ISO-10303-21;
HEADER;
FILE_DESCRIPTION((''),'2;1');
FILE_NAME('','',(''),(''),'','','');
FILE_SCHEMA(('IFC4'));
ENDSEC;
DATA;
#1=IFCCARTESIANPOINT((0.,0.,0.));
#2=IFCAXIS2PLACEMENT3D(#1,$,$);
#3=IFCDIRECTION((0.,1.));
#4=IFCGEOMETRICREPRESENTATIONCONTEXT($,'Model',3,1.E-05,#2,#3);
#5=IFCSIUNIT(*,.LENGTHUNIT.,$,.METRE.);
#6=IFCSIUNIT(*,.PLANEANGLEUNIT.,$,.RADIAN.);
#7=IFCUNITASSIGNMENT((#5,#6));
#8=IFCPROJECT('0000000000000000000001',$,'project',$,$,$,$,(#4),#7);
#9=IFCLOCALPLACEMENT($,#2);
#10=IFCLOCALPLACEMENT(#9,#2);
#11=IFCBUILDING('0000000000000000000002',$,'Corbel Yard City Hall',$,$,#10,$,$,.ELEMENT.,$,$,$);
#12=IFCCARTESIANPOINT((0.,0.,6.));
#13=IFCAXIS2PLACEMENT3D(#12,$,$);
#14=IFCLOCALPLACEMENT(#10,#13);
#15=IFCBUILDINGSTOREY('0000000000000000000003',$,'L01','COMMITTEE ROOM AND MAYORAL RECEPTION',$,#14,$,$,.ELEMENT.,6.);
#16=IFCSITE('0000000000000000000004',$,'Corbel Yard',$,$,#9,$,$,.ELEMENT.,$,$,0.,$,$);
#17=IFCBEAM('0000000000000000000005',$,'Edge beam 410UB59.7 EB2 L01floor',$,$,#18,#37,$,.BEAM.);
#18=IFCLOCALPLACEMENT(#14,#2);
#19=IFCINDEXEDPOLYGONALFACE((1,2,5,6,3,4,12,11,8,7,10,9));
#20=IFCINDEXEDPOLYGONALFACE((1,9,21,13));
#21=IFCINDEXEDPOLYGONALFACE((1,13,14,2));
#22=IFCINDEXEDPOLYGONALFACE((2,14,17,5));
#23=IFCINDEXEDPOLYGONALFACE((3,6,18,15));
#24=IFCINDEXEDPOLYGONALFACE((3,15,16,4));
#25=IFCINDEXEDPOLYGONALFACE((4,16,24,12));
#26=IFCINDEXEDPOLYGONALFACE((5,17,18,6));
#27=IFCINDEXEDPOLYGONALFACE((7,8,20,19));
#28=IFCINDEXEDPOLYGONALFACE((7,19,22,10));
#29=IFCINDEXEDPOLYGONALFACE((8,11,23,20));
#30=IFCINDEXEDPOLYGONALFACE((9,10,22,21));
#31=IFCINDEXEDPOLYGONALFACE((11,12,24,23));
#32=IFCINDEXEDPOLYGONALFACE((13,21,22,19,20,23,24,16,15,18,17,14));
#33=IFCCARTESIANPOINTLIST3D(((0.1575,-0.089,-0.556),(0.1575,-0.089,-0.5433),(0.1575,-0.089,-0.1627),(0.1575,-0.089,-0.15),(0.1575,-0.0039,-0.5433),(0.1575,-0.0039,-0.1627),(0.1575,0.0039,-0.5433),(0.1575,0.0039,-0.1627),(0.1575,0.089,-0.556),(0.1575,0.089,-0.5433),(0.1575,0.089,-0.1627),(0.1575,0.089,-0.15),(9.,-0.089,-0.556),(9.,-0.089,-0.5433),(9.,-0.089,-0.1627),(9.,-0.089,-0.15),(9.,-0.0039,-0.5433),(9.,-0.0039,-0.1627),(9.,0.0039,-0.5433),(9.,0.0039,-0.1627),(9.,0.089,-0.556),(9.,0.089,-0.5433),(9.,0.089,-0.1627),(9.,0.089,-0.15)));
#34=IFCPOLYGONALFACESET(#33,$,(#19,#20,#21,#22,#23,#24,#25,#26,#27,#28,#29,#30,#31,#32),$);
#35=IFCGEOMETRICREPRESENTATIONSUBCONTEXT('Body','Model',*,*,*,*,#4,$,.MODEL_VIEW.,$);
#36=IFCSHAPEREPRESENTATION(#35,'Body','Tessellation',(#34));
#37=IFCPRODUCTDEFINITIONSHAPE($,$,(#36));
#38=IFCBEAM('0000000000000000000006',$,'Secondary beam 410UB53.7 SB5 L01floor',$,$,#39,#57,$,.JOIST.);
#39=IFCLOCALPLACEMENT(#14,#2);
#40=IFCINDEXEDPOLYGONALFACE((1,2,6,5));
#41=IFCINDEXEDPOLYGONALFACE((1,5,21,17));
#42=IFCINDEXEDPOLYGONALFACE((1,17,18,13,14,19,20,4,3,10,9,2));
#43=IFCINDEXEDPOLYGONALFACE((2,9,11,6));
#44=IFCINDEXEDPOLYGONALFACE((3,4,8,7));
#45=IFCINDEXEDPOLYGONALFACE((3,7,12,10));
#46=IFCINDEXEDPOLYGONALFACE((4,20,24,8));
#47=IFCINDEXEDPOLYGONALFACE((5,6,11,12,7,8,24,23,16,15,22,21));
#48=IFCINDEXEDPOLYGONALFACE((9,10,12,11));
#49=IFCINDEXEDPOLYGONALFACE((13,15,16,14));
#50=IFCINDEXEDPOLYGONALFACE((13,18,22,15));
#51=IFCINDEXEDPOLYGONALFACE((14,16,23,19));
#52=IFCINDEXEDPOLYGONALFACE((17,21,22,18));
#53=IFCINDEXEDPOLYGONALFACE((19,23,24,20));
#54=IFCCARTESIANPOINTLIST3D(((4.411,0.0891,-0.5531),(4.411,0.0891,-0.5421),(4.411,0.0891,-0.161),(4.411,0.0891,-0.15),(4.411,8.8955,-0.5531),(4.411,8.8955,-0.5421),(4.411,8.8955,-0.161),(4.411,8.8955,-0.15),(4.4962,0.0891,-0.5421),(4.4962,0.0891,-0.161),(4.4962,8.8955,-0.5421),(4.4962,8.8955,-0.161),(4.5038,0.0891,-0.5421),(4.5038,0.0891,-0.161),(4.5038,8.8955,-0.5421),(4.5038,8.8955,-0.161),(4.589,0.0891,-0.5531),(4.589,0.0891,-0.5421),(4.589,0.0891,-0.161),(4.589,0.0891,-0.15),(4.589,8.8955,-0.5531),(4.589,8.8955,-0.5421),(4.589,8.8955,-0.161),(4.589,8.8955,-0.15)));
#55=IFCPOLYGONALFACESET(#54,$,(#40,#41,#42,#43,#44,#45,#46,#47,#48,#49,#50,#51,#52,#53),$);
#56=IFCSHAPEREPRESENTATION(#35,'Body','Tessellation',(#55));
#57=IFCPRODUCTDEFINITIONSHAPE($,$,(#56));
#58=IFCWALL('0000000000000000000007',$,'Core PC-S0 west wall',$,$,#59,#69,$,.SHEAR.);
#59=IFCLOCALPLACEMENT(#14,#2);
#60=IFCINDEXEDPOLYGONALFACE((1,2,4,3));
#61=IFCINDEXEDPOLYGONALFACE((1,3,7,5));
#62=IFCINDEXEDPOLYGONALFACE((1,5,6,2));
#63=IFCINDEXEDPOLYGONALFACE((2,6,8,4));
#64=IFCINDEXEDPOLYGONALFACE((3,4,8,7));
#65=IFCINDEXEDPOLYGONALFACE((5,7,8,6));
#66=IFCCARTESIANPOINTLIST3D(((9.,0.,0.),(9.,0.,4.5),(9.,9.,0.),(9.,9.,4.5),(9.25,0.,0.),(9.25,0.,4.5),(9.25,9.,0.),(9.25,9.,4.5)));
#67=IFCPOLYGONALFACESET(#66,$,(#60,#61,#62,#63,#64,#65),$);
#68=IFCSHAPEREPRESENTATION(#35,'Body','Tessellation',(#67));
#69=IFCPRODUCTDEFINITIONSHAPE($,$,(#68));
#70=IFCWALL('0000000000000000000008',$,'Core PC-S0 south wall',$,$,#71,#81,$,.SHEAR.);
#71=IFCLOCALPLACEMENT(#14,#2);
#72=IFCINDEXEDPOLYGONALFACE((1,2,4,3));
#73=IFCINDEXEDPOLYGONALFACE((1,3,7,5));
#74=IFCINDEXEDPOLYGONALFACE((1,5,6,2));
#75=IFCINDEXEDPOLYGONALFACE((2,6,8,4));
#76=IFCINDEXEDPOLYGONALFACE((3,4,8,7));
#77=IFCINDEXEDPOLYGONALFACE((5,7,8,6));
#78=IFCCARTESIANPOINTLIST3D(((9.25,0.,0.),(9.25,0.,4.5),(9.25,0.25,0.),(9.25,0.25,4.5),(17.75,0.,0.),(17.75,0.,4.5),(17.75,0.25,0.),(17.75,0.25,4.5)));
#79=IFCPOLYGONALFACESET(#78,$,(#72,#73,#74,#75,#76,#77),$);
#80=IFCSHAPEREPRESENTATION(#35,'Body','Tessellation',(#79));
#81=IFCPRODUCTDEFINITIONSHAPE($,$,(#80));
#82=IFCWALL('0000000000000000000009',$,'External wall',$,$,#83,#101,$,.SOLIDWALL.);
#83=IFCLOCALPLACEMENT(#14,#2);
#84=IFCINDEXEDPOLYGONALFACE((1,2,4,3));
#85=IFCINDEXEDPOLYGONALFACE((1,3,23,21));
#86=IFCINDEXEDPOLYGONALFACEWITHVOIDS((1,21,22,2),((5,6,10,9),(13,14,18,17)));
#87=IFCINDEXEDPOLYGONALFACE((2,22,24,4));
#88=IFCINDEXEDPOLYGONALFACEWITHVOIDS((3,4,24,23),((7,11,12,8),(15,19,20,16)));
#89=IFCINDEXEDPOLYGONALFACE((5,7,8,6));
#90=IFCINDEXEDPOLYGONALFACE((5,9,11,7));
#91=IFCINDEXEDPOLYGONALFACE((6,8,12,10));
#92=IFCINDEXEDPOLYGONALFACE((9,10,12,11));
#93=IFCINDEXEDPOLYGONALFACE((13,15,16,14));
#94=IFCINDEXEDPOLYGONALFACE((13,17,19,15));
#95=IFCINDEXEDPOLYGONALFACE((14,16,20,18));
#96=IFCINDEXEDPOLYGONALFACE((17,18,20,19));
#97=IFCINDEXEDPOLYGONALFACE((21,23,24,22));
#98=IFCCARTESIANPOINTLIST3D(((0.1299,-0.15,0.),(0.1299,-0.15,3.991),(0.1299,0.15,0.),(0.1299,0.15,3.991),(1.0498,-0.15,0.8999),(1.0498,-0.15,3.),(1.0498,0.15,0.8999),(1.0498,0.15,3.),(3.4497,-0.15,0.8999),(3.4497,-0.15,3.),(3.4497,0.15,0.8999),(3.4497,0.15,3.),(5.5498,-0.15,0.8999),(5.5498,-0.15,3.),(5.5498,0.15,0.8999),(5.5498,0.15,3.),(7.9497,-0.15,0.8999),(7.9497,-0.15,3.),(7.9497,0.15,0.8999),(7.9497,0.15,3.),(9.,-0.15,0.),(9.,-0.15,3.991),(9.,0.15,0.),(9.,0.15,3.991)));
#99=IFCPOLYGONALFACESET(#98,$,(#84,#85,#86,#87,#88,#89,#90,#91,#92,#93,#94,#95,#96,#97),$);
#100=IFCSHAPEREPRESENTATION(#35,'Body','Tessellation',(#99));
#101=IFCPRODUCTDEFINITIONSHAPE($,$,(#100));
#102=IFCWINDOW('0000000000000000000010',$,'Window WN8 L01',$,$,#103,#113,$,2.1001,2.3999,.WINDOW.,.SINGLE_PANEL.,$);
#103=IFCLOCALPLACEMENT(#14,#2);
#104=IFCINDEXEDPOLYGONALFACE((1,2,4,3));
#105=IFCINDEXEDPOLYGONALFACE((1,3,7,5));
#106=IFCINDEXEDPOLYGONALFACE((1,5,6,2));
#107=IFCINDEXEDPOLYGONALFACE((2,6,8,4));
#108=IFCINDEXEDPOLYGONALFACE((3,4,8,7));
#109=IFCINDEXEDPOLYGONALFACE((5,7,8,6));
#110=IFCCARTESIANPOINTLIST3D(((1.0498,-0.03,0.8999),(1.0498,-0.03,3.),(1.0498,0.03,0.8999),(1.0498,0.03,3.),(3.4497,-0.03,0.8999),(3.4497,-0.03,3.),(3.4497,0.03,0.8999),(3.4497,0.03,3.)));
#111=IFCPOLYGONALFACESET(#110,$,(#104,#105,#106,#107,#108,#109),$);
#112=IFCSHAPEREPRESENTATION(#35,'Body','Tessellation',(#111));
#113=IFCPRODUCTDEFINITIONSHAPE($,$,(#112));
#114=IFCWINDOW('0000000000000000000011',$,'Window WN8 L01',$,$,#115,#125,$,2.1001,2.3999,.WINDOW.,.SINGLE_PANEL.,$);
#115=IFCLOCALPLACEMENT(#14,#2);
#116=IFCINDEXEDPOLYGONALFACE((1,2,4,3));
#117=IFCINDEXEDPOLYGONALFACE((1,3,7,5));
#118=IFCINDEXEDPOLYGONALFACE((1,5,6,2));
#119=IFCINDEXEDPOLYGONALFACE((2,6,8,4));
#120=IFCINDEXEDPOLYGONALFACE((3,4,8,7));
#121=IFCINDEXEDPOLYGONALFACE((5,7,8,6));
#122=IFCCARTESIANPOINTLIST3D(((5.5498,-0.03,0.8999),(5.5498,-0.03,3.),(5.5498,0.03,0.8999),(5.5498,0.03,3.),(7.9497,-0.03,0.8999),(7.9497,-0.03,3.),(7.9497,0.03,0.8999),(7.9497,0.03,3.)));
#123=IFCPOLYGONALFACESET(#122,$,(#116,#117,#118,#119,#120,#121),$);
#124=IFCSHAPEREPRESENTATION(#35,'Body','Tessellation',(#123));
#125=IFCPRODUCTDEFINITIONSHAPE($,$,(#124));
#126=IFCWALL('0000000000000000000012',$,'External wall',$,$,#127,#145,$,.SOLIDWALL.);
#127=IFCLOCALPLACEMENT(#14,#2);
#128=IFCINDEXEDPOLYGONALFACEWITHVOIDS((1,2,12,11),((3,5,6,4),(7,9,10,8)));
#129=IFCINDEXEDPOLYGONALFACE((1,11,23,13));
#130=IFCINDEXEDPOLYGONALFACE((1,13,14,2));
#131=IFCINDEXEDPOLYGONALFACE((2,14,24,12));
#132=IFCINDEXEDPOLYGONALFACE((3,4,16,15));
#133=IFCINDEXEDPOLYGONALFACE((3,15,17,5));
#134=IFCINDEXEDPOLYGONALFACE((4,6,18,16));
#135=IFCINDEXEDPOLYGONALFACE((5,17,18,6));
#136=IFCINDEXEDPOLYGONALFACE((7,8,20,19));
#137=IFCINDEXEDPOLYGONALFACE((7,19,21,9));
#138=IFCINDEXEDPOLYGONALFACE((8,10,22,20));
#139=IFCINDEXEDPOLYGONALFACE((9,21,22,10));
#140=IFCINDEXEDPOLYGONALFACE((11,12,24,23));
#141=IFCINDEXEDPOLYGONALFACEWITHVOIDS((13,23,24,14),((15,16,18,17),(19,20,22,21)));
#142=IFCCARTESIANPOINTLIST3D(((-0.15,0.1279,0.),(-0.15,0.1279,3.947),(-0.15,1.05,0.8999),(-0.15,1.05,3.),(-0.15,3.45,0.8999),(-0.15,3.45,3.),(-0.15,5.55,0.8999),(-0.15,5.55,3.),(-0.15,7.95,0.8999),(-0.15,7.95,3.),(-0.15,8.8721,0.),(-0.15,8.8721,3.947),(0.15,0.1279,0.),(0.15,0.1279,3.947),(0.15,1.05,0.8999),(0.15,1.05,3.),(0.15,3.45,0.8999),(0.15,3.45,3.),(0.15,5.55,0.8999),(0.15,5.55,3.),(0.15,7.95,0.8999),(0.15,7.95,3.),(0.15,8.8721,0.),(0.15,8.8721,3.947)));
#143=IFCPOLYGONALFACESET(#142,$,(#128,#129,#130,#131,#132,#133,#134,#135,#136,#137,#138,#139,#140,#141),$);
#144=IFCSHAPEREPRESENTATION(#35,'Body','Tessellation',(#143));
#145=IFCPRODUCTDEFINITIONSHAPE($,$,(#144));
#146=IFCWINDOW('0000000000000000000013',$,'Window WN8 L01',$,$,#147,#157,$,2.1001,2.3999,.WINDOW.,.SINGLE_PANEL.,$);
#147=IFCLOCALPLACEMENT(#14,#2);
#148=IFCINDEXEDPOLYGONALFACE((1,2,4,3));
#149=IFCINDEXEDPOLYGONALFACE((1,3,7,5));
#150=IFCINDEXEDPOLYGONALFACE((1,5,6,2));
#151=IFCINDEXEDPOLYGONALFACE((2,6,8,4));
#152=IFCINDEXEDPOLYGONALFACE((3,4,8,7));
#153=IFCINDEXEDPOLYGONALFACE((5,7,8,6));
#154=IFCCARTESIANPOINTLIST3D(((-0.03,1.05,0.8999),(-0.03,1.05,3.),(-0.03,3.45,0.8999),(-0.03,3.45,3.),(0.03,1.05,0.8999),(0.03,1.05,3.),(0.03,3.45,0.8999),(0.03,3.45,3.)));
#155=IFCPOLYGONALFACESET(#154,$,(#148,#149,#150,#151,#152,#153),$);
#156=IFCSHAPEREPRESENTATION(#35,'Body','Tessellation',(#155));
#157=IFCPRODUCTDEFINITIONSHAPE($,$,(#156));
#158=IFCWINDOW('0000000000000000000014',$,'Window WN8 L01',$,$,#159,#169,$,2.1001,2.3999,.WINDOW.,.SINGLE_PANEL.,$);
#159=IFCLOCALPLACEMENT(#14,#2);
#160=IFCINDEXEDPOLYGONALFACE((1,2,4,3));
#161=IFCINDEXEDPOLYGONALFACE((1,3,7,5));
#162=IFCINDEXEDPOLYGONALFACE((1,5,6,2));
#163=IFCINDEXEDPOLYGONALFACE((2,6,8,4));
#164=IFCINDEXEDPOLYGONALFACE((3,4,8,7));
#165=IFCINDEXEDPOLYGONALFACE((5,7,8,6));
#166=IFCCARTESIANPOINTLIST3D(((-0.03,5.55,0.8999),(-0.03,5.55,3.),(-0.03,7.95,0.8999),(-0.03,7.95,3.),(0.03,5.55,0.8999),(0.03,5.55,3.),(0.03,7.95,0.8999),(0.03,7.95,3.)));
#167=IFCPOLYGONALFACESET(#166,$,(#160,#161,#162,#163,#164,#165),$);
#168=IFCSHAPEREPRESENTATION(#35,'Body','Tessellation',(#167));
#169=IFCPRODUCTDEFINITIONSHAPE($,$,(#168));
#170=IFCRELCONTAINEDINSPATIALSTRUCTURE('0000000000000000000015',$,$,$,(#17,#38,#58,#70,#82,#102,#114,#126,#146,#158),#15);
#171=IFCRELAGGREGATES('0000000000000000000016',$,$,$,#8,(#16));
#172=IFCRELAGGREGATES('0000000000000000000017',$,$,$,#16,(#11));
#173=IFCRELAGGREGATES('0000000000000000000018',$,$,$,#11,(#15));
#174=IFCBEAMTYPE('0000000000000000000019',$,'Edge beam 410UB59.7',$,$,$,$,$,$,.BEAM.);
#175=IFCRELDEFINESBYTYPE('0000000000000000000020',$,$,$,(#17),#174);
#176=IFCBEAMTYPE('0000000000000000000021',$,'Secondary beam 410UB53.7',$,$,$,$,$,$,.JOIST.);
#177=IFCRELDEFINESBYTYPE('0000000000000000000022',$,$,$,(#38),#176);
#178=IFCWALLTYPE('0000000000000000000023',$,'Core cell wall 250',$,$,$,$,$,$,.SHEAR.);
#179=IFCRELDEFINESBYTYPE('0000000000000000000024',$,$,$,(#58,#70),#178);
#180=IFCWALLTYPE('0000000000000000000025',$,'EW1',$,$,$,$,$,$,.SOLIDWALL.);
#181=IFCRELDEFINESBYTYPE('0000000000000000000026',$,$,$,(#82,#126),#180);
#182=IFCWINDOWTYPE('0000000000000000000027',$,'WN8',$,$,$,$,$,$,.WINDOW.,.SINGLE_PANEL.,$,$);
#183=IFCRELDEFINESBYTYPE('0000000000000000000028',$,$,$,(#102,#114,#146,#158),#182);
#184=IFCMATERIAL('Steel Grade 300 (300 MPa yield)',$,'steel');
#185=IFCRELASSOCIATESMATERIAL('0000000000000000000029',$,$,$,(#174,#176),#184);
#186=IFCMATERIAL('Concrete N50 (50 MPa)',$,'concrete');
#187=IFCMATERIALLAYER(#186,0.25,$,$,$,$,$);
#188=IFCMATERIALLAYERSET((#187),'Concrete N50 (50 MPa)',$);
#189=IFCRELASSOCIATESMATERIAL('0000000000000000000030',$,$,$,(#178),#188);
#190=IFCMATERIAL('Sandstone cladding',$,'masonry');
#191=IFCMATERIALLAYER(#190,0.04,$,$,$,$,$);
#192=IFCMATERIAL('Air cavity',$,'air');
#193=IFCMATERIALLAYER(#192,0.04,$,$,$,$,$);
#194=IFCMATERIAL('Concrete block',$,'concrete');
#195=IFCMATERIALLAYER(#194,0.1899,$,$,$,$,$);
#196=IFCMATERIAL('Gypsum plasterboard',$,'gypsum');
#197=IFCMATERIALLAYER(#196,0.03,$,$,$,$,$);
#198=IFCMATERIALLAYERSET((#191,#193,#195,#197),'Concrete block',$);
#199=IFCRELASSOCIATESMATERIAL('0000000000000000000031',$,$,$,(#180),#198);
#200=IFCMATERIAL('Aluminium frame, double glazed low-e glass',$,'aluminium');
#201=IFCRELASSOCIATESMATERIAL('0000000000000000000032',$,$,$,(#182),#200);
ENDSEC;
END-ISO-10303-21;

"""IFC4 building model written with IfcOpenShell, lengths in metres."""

from ifc_helpers import new_model, si_unit, direction, frame, frame_2d, origin, origin_2d, place, context, subcontext, project, spatial, rectangle, i_section, extrude, material, layer, layer_set, material_profile, profile_set, type_object, element, fill, save


model = new_model("IFC4")

# Units and contexts
model_context = context("Model", 3, precision=1e-05, world=origin(), true_north=direction((0.0, 1.0)))
body_context = subcontext(model_context, "Body", "Model", "MODEL_VIEW")
ifc_project = project(units=[si_unit("LENGTHUNIT", "METRE"), si_unit("PLANEANGLEUNIT", "RADIAN")], contexts=[model_context])

# Site, building, storey
site_placement = place(None, origin())
site = spatial("IfcSite", under=ifc_project, at=site_placement, Name="Corbel Yard", CompositionType="ELEMENT", RefElevation=0.0)
building_placement = place(site_placement, origin())
building = spatial("IfcBuilding", under=site, at=building_placement, Name="Corbel Yard City Hall", CompositionType="ELEMENT")
storey_placement = place(building_placement, frame((0.0, 0.0, 6.0)))
storey = spatial("IfcBuildingStorey", under=building, at=storey_placement, Name="L01", Description="COMMITTEE ROOM AND MAYORAL RECEPTION", CompositionType="ELEMENT", Elevation=6.0)

# Beams
ifc_material_1 = material(Name="Steel Grade 300 (300 MPa yield)", Category="steel")
ifc_material_profile_1 = material_profile(ifc_material_1, i_section(OverallWidth=0.178, OverallDepth=0.406, WebThickness=0.0078, FlangeThickness=0.0127, at=origin_2d()), Name="410UB59.7")
ifc_profile_set_1 = profile_set([ifc_material_profile_1], Name="Steel Grade 300 (300 MPa yield)")
beam_type_1 = type_object("IfcBeamType", Name="Edge beam 410UB59.7", PredefinedType="BEAM", material=ifc_profile_set_1)
beam_1_placement = place(storey_placement, frame((0.1575, 0.0, -0.353), z_axis=(1.0, 0.0, 0.0), x_axis=(0.0, 1.0, 0.0)))
element("IfcBeam", 1, at=beam_1_placement, inside=storey, type_object=beam_type_1, Name="Edge beam 410UB59.7 EB2 L01floor", PredefinedType="BEAM", context=body_context, shape_type="SweptSolid", body=[
    extrude(i_section(OverallWidth=0.178, OverallDepth=0.406, WebThickness=0.0078, FlangeThickness=0.0127, at=origin_2d()), origin(), (0.0, 0.0, 1.0), 8.8425),
])
ifc_material_profile_2 = material_profile(ifc_material_1, i_section(OverallWidth=0.178, OverallDepth=0.4031, WebThickness=0.0076, FlangeThickness=0.011, at=origin_2d()), Name="410UB53.7")
ifc_profile_set_2 = profile_set([ifc_material_profile_2], Name="Steel Grade 300 (300 MPa yield)")
beam_type_2 = type_object("IfcBeamType", Name="Secondary beam 410UB53.7", PredefinedType="JOIST", material=ifc_profile_set_2)
beam_2_placement = place(storey_placement, frame((4.5, 0.0891, -0.3516), z_axis=(0.0, 1.0, 0.0), x_axis=(-1.0, 0.0, 0.0)))
element("IfcBeam", 2, at=beam_2_placement, inside=storey, type_object=beam_type_2, Name="Secondary beam 410UB53.7 SB5 L01floor", PredefinedType="JOIST", context=body_context, shape_type="SweptSolid", body=[
    extrude(i_section(OverallWidth=0.178, OverallDepth=0.4031, WebThickness=0.0076, FlangeThickness=0.011, at=origin_2d()), origin(), (0.0, 0.0, 1.0), 8.8064),
])

# Walls
ifc_material_2 = material(Name="Concrete N50 (50 MPa)", Category="concrete")
ifc_layer_1 = layer(ifc_material_2, 0.25)
ifc_layer_set_1 = layer_set([ifc_layer_1], Name="Concrete N50 (50 MPa)")
wall_type_1 = type_object("IfcWallType", Name="Core cell wall 250", PredefinedType="SHEAR", material=ifc_layer_set_1)
wall_1_placement = place(storey_placement, frame((9.125, 0.0, 0.0), z_axis=(0.0, 0.0, 1.0), x_axis=(0.0, 1.0, 0.0)))
element("IfcWall", 3, at=wall_1_placement, inside=storey, type_object=wall_type_1, Name="Core PC-S0 west wall", PredefinedType="SHEAR", context=body_context, shape_type="SweptSolid", body=[
    extrude(rectangle(XDim=9.0, YDim=0.25, at=frame_2d((4.5, 0.0))), origin(), (0.0, 0.0, 1.0), 4.5),
])
wall_2_placement = place(storey_placement, frame((9.25, 0.125, 0.0), z_axis=(0.0, 0.0, 1.0), x_axis=(1.0, 0.0, 0.0)))
element("IfcWall", 4, at=wall_2_placement, inside=storey, type_object=wall_type_1, Name="Core PC-S0 south wall", PredefinedType="SHEAR", context=body_context, shape_type="SweptSolid", body=[
    extrude(rectangle(XDim=8.5, YDim=0.25, at=frame_2d((4.25, 0.0))), origin(), (0.0, 0.0, 1.0), 4.5),
])

# Walls, openings, windows
ifc_material_3 = material(Name="Sandstone cladding", Category="masonry")
ifc_layer_2 = layer(ifc_material_3, 0.04)
ifc_material_4 = material(Name="Air cavity", Category="air")
ifc_layer_3 = layer(ifc_material_4, 0.04)
ifc_material_5 = material(Name="Concrete block", Category="concrete")
ifc_layer_4 = layer(ifc_material_5, 0.1899)
ifc_material_6 = material(Name="Gypsum plasterboard", Category="gypsum")
ifc_layer_5 = layer(ifc_material_6, 0.03)
ifc_layer_set_2 = layer_set([ifc_layer_2, ifc_layer_3, ifc_layer_4, ifc_layer_5], Name="Concrete block")
wall_type_2 = type_object("IfcWallType", Name="EW1", PredefinedType="SOLIDWALL", material=ifc_layer_set_2)
wall_3_placement = place(storey_placement, frame((0.1299, 0.0, 0.0), z_axis=(0.0, 0.0, 1.0), x_axis=(1.0, 0.0, 0.0)))
wall_3 = element("IfcWall", 5, at=wall_3_placement, inside=storey, type_object=wall_type_2, Name="External wall", PredefinedType="SOLIDWALL", context=body_context, shape_type="SweptSolid", body=[
    extrude(rectangle(XDim=8.8701, YDim=0.3, at=frame_2d((4.4351, 0.0))), origin(), (0.0, 0.0, 1.0), 3.991),
])
opening_1_placement = place(wall_3_placement, frame((0.9199, 0.0, 0.8999)))
opening_1 = element("IfcOpeningElement", 6, at=opening_1_placement, cuts=wall_3, PredefinedType="OPENING", context=body_context, shape_type="SweptSolid", body=[
    extrude(rectangle(XDim=2.3999, YDim=2.1001, at=frame_2d((1.2, 1.05))), frame((0.0, 0.1599, 0.0), z_axis=(0.0, -1.0, 0.0), x_axis=(1.0, 0.0, 0.0)), (0.0, 0.0, 1.0), 0.3201),
])
opening_2_placement = place(wall_3_placement, frame((5.4199, 0.0, 0.8999)))
opening_2 = element("IfcOpeningElement", 7, at=opening_2_placement, cuts=wall_3, PredefinedType="OPENING", context=body_context, shape_type="SweptSolid", body=[
    extrude(rectangle(XDim=2.3999, YDim=2.1001, at=frame_2d((1.2, 1.05))), frame((0.0, 0.1599, 0.0), z_axis=(0.0, -1.0, 0.0), x_axis=(1.0, 0.0, 0.0)), (0.0, 0.0, 1.0), 0.3201),
])
ifc_material_7 = material(Name="Aluminium frame, double glazed low-e glass", Category="aluminium")
window_type = type_object("IfcWindowType", Name="WN8", PartitioningType="SINGLE_PANEL", PredefinedType="WINDOW", material=ifc_material_7)
window_1_placement = place(opening_1_placement, origin())
window_1 = element("IfcWindow", 8, at=window_1_placement, inside=storey, type_object=window_type, Name="Window WN8 L01", OverallHeight=2.1001, OverallWidth=2.3999, PartitioningType="SINGLE_PANEL", PredefinedType="WINDOW", context=body_context, shape_type="SweptSolid", body=[
    extrude(rectangle(XDim=2.3999, YDim=2.1001, at=frame_2d((1.2, 1.05))), frame((0.0, 0.03, 0.0), z_axis=(0.0, -1.0, 0.0), x_axis=(1.0, 0.0, 0.0)), (0.0, 0.0, 1.0), 0.0601),
])
fill(opening_1, window_1)
window_2_placement = place(opening_2_placement, origin())
window_2 = element("IfcWindow", 9, at=window_2_placement, inside=storey, type_object=window_type, Name="Window WN8 L01", OverallHeight=2.1001, OverallWidth=2.3999, PartitioningType="SINGLE_PANEL", PredefinedType="WINDOW", context=body_context, shape_type="SweptSolid", body=[
    extrude(rectangle(XDim=2.3999, YDim=2.1001, at=frame_2d((1.2, 1.05))), frame((0.0, 0.03, 0.0), z_axis=(0.0, -1.0, 0.0), x_axis=(1.0, 0.0, 0.0)), (0.0, 0.0, 1.0), 0.0601),
])
fill(opening_2, window_2)
wall_4_placement = place(storey_placement, frame((0.0, 0.1279, 0.0), z_axis=(0.0, 0.0, 1.0), x_axis=(0.0, 1.0, 0.0)))
wall_4 = element("IfcWall", 10, at=wall_4_placement, inside=storey, type_object=wall_type_2, Name="External wall", PredefinedType="SOLIDWALL", context=body_context, shape_type="SweptSolid", body=[
    extrude(rectangle(XDim=8.7441, YDim=0.3, at=frame_2d((4.3721, 0.0))), origin(), (0.0, 0.0, 1.0), 3.947),
])
opening_3_placement = place(wall_4_placement, frame((0.9221, 0.0, 0.8999)))
opening_3 = element("IfcOpeningElement", 11, at=opening_3_placement, cuts=wall_4, PredefinedType="OPENING", context=body_context, shape_type="SweptSolid", body=[
    extrude(rectangle(XDim=2.3999, YDim=2.1001, at=frame_2d((1.2, 1.05))), frame((0.0, 0.1599, 0.0), z_axis=(0.0, -1.0, 0.0), x_axis=(1.0, 0.0, 0.0)), (0.0, 0.0, 1.0), 0.3201),
])
opening_4_placement = place(wall_4_placement, frame((5.4221, 0.0, 0.8999)))
opening_4 = element("IfcOpeningElement", 12, at=opening_4_placement, cuts=wall_4, PredefinedType="OPENING", context=body_context, shape_type="SweptSolid", body=[
    extrude(rectangle(XDim=2.3999, YDim=2.1001, at=frame_2d((1.2, 1.05))), frame((0.0, 0.1599, 0.0), z_axis=(0.0, -1.0, 0.0), x_axis=(1.0, 0.0, 0.0)), (0.0, 0.0, 1.0), 0.3201),
])
window_3_placement = place(opening_3_placement, origin())
window_3 = element("IfcWindow", 13, at=window_3_placement, inside=storey, type_object=window_type, Name="Window WN8 L01", OverallHeight=2.1001, OverallWidth=2.3999, PartitioningType="SINGLE_PANEL", PredefinedType="WINDOW", context=body_context, shape_type="SweptSolid", body=[
    extrude(rectangle(XDim=2.3999, YDim=2.1001, at=frame_2d((1.2, 1.05))), frame((0.0, 0.03, 0.0), z_axis=(0.0, -1.0, 0.0), x_axis=(1.0, 0.0, 0.0)), (0.0, 0.0, 1.0), 0.0601),
])
fill(opening_3, window_3)
window_4_placement = place(opening_4_placement, origin())
window_4 = element("IfcWindow", 14, at=window_4_placement, inside=storey, type_object=window_type, Name="Window WN8 L01", OverallHeight=2.1001, OverallWidth=2.3999, PartitioningType="SINGLE_PANEL", PredefinedType="WINDOW", context=body_context, shape_type="SweptSolid", body=[
    extrude(rectangle(XDim=2.3999, YDim=2.1001, at=frame_2d((1.2, 1.05))), frame((0.0, 0.03, 0.0), z_axis=(0.0, -1.0, 0.0), x_axis=(1.0, 0.0, 0.0)), (0.0, 0.0, 1.0), 0.0601),
])
fill(opening_4, window_4)

save(model, "model.ifc")
